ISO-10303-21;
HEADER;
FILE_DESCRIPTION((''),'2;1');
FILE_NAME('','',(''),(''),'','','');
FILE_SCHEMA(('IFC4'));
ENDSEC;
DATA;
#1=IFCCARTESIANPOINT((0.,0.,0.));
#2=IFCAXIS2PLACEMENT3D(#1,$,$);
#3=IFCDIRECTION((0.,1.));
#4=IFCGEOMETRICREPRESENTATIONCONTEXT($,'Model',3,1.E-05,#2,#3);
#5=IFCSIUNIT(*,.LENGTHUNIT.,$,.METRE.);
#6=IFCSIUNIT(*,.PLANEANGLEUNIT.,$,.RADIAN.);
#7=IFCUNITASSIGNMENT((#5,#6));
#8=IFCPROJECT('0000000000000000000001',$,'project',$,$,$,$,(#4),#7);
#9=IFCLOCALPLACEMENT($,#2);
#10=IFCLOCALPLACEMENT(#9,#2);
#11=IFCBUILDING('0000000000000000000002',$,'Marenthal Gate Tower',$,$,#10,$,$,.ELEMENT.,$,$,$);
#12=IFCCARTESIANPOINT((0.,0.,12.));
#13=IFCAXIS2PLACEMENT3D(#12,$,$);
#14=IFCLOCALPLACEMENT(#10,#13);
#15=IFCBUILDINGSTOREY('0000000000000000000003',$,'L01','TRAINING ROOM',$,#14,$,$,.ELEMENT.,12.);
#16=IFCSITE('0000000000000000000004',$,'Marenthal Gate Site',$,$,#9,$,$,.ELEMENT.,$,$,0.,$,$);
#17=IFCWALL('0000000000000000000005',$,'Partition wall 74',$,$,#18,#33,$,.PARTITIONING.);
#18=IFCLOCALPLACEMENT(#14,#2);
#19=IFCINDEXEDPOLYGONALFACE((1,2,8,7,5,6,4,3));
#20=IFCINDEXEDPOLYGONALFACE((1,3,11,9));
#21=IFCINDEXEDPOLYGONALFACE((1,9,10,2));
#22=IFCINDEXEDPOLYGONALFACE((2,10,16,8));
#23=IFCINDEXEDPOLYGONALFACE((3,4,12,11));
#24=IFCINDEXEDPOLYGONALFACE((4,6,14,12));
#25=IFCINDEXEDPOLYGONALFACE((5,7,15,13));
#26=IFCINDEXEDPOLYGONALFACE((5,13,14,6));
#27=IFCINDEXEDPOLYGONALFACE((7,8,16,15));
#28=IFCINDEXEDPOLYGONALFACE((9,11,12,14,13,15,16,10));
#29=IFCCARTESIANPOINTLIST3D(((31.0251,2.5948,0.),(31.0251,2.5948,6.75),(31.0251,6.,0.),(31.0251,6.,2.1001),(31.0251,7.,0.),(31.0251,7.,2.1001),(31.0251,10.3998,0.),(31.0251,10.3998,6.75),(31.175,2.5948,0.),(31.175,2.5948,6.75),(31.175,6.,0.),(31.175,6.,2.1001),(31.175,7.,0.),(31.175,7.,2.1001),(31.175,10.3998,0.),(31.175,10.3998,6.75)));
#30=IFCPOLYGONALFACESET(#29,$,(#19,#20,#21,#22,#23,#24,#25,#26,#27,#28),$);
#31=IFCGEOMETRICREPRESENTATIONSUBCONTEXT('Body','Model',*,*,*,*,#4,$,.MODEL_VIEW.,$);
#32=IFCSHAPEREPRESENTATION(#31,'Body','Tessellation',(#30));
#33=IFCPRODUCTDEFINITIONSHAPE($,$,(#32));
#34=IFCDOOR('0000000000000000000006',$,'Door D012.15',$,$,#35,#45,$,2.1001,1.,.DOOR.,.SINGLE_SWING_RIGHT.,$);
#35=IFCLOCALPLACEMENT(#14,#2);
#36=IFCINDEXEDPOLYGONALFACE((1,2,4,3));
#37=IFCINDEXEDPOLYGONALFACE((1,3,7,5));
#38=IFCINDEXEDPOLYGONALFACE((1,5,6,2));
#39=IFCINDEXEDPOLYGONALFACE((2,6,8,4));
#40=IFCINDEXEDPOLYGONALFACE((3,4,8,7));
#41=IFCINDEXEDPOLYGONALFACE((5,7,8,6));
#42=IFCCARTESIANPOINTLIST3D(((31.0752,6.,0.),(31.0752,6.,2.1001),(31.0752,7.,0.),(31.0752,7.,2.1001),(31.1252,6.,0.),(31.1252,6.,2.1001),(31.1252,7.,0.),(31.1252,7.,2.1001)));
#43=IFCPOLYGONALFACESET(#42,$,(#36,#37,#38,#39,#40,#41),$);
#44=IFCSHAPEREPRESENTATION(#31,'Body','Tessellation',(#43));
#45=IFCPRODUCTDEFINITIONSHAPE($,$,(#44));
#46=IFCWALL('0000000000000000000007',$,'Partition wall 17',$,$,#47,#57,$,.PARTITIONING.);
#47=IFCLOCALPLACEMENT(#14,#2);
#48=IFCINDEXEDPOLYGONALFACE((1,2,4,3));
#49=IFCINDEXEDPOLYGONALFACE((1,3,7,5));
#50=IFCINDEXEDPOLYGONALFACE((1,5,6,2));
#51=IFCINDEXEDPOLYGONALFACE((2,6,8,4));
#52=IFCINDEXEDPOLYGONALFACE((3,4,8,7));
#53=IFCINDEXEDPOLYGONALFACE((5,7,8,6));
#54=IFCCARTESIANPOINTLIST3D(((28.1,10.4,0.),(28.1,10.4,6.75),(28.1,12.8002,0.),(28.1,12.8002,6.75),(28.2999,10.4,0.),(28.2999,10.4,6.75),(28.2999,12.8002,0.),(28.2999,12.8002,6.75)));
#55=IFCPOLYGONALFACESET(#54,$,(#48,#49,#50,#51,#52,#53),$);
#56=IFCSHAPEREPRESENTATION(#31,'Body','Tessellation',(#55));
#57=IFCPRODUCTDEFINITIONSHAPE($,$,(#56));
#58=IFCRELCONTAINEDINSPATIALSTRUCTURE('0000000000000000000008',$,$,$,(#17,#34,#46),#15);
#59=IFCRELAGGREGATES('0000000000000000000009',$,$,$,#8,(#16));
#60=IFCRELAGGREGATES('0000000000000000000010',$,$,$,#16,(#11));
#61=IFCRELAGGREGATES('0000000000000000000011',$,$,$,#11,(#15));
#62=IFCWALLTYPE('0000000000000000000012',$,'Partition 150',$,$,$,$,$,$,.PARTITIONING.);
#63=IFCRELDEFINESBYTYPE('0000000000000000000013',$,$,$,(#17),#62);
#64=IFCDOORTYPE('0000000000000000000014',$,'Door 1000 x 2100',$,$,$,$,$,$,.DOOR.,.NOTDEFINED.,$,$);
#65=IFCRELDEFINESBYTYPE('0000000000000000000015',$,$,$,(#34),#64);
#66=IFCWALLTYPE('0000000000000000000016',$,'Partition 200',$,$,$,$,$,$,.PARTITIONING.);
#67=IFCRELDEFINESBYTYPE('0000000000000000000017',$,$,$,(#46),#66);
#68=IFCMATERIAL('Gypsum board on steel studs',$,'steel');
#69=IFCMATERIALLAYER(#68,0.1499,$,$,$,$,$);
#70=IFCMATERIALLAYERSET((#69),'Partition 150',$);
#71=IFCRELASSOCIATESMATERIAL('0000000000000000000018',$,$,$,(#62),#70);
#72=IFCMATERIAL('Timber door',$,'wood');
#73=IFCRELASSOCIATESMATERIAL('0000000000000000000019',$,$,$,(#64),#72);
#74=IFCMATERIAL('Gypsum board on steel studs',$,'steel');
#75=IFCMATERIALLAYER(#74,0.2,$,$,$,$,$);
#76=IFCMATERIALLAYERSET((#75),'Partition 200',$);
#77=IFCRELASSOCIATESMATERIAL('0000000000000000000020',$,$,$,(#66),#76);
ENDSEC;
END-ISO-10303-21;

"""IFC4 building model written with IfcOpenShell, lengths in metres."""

from ifc_helpers import new_model, si_unit, direction, frame, frame_2d, origin, place, context, subcontext, project, spatial, rectangle, extrude, material, layer, layer_set, type_object, element, fill, save


model = new_model("IFC4")

# Units and contexts
model_context = context("Model", 3, precision=1e-05, world=origin(), true_north=direction((0.0, 1.0)))
body_context = subcontext(model_context, "Body", "Model", "MODEL_VIEW")
ifc_project = project(units=[si_unit("LENGTHUNIT", "METRE"), si_unit("PLANEANGLEUNIT", "RADIAN")], contexts=[model_context])

# Site, building, storey
site_placement = place(None, origin())
site = spatial("IfcSite", under=ifc_project, at=site_placement, Name="Marenthal Gate Site", CompositionType="ELEMENT", RefElevation=0.0)
building_placement = place(site_placement, origin())
building = spatial("IfcBuilding", under=site, at=building_placement, Name="Marenthal Gate Tower", CompositionType="ELEMENT")
storey_placement = place(building_placement, frame((0.0, 0.0, 12.0)))
storey = spatial("IfcBuildingStorey", under=building, at=storey_placement, Name="L01", Description="TRAINING ROOM", CompositionType="ELEMENT", Elevation=12.0)

# Shared definitions
ifc_material_1 = material(Name="Gypsum board on steel studs", Category="steel")
ifc_layer_1 = layer(ifc_material_1, 0.1499)
ifc_layer_set_1 = layer_set([ifc_layer_1], Name="Partition 150")
wall_type_1 = type_object("IfcWallType", Name="Partition 150", PredefinedType="PARTITIONING", material=ifc_layer_set_1)

# Shared definitions
ifc_material_2 = material(Name="Timber door", Category="wood")
door_type = type_object("IfcDoorType", Name="Door 1000 x 2100", OperationType="NOTDEFINED", PredefinedType="DOOR", material=ifc_material_2)

# Wall, opening, door
wall_1_placement = place(storey_placement, frame((31.1001, 2.595, 0.0), z_axis=(0.0, 0.0, 1.0), x_axis=(0.0, 1.0, 0.0)))
wall_1 = element("IfcWall", 1, at=wall_1_placement, inside=storey, type_object=wall_type_1, Name="Partition wall 74", PredefinedType="PARTITIONING", context=body_context, shape_type="SweptSolid", body=[
    extrude(rectangle(XDim=7.8049, YDim=0.1499, at=frame_2d((3.9023, 0.0))), origin(), (0.0, 0.0, 1.0), 6.75),
])
opening_1_placement = place(wall_1_placement, frame((3.405, 0.0, 0.0)))
opening_1 = element("IfcOpeningElement", 2, at=opening_1_placement, cuts=wall_1, PredefinedType="OPENING", context=body_context, shape_type="SweptSolid", body=[
    extrude(rectangle(XDim=1.0, YDim=2.1001, at=frame_2d((0.5, 1.05))), frame((0.0, 0.085, 0.0), z_axis=(0.0, -1.0, 0.0), x_axis=(1.0, 0.0, 0.0)), (0.0, 0.0, 1.0), 0.1699),
])
door_1_placement = place(opening_1_placement, origin())
door_1 = element("IfcDoor", 3, at=door_1_placement, inside=storey, type_object=door_type, Name="Door D012.15", OperationType="SINGLE_SWING_RIGHT", OverallHeight=2.1001, OverallWidth=1.0, PredefinedType="DOOR", context=body_context, shape_type="SweptSolid", body=[
    extrude(rectangle(XDim=1.0, YDim=2.1001, at=frame_2d((0.5, 1.05))), frame((0.0, 0.0249, 0.0), z_axis=(0.0, -1.0, 0.0), x_axis=(1.0, 0.0, 0.0)), (0.0, 0.0, 1.0), 0.05),
])
fill(opening_1, door_1)

# Wall
ifc_material_3 = material(Name="Gypsum board on steel studs", Category="steel")
ifc_layer_2 = layer(ifc_material_3, 0.2)
ifc_layer_set_2 = layer_set([ifc_layer_2], Name="Partition 200")
wall_type_2 = type_object("IfcWallType", Name="Partition 200", PredefinedType="PARTITIONING", material=ifc_layer_set_2)
wall_2_placement = place(storey_placement, frame((28.2, 10.3999, 0.0), z_axis=(0.0, 0.0, 1.0), x_axis=(0.0, 1.0, 0.0)))
element("IfcWall", 4, at=wall_2_placement, inside=storey, type_object=wall_type_2, Name="Partition wall 17", PredefinedType="PARTITIONING", context=body_context, shape_type="SweptSolid", body=[
    extrude(rectangle(XDim=2.4001, YDim=0.2, at=frame_2d((1.2002, 0.0))), origin(), (0.0, 0.0, 1.0), 6.75),
])

save(model, "model.ifc")
